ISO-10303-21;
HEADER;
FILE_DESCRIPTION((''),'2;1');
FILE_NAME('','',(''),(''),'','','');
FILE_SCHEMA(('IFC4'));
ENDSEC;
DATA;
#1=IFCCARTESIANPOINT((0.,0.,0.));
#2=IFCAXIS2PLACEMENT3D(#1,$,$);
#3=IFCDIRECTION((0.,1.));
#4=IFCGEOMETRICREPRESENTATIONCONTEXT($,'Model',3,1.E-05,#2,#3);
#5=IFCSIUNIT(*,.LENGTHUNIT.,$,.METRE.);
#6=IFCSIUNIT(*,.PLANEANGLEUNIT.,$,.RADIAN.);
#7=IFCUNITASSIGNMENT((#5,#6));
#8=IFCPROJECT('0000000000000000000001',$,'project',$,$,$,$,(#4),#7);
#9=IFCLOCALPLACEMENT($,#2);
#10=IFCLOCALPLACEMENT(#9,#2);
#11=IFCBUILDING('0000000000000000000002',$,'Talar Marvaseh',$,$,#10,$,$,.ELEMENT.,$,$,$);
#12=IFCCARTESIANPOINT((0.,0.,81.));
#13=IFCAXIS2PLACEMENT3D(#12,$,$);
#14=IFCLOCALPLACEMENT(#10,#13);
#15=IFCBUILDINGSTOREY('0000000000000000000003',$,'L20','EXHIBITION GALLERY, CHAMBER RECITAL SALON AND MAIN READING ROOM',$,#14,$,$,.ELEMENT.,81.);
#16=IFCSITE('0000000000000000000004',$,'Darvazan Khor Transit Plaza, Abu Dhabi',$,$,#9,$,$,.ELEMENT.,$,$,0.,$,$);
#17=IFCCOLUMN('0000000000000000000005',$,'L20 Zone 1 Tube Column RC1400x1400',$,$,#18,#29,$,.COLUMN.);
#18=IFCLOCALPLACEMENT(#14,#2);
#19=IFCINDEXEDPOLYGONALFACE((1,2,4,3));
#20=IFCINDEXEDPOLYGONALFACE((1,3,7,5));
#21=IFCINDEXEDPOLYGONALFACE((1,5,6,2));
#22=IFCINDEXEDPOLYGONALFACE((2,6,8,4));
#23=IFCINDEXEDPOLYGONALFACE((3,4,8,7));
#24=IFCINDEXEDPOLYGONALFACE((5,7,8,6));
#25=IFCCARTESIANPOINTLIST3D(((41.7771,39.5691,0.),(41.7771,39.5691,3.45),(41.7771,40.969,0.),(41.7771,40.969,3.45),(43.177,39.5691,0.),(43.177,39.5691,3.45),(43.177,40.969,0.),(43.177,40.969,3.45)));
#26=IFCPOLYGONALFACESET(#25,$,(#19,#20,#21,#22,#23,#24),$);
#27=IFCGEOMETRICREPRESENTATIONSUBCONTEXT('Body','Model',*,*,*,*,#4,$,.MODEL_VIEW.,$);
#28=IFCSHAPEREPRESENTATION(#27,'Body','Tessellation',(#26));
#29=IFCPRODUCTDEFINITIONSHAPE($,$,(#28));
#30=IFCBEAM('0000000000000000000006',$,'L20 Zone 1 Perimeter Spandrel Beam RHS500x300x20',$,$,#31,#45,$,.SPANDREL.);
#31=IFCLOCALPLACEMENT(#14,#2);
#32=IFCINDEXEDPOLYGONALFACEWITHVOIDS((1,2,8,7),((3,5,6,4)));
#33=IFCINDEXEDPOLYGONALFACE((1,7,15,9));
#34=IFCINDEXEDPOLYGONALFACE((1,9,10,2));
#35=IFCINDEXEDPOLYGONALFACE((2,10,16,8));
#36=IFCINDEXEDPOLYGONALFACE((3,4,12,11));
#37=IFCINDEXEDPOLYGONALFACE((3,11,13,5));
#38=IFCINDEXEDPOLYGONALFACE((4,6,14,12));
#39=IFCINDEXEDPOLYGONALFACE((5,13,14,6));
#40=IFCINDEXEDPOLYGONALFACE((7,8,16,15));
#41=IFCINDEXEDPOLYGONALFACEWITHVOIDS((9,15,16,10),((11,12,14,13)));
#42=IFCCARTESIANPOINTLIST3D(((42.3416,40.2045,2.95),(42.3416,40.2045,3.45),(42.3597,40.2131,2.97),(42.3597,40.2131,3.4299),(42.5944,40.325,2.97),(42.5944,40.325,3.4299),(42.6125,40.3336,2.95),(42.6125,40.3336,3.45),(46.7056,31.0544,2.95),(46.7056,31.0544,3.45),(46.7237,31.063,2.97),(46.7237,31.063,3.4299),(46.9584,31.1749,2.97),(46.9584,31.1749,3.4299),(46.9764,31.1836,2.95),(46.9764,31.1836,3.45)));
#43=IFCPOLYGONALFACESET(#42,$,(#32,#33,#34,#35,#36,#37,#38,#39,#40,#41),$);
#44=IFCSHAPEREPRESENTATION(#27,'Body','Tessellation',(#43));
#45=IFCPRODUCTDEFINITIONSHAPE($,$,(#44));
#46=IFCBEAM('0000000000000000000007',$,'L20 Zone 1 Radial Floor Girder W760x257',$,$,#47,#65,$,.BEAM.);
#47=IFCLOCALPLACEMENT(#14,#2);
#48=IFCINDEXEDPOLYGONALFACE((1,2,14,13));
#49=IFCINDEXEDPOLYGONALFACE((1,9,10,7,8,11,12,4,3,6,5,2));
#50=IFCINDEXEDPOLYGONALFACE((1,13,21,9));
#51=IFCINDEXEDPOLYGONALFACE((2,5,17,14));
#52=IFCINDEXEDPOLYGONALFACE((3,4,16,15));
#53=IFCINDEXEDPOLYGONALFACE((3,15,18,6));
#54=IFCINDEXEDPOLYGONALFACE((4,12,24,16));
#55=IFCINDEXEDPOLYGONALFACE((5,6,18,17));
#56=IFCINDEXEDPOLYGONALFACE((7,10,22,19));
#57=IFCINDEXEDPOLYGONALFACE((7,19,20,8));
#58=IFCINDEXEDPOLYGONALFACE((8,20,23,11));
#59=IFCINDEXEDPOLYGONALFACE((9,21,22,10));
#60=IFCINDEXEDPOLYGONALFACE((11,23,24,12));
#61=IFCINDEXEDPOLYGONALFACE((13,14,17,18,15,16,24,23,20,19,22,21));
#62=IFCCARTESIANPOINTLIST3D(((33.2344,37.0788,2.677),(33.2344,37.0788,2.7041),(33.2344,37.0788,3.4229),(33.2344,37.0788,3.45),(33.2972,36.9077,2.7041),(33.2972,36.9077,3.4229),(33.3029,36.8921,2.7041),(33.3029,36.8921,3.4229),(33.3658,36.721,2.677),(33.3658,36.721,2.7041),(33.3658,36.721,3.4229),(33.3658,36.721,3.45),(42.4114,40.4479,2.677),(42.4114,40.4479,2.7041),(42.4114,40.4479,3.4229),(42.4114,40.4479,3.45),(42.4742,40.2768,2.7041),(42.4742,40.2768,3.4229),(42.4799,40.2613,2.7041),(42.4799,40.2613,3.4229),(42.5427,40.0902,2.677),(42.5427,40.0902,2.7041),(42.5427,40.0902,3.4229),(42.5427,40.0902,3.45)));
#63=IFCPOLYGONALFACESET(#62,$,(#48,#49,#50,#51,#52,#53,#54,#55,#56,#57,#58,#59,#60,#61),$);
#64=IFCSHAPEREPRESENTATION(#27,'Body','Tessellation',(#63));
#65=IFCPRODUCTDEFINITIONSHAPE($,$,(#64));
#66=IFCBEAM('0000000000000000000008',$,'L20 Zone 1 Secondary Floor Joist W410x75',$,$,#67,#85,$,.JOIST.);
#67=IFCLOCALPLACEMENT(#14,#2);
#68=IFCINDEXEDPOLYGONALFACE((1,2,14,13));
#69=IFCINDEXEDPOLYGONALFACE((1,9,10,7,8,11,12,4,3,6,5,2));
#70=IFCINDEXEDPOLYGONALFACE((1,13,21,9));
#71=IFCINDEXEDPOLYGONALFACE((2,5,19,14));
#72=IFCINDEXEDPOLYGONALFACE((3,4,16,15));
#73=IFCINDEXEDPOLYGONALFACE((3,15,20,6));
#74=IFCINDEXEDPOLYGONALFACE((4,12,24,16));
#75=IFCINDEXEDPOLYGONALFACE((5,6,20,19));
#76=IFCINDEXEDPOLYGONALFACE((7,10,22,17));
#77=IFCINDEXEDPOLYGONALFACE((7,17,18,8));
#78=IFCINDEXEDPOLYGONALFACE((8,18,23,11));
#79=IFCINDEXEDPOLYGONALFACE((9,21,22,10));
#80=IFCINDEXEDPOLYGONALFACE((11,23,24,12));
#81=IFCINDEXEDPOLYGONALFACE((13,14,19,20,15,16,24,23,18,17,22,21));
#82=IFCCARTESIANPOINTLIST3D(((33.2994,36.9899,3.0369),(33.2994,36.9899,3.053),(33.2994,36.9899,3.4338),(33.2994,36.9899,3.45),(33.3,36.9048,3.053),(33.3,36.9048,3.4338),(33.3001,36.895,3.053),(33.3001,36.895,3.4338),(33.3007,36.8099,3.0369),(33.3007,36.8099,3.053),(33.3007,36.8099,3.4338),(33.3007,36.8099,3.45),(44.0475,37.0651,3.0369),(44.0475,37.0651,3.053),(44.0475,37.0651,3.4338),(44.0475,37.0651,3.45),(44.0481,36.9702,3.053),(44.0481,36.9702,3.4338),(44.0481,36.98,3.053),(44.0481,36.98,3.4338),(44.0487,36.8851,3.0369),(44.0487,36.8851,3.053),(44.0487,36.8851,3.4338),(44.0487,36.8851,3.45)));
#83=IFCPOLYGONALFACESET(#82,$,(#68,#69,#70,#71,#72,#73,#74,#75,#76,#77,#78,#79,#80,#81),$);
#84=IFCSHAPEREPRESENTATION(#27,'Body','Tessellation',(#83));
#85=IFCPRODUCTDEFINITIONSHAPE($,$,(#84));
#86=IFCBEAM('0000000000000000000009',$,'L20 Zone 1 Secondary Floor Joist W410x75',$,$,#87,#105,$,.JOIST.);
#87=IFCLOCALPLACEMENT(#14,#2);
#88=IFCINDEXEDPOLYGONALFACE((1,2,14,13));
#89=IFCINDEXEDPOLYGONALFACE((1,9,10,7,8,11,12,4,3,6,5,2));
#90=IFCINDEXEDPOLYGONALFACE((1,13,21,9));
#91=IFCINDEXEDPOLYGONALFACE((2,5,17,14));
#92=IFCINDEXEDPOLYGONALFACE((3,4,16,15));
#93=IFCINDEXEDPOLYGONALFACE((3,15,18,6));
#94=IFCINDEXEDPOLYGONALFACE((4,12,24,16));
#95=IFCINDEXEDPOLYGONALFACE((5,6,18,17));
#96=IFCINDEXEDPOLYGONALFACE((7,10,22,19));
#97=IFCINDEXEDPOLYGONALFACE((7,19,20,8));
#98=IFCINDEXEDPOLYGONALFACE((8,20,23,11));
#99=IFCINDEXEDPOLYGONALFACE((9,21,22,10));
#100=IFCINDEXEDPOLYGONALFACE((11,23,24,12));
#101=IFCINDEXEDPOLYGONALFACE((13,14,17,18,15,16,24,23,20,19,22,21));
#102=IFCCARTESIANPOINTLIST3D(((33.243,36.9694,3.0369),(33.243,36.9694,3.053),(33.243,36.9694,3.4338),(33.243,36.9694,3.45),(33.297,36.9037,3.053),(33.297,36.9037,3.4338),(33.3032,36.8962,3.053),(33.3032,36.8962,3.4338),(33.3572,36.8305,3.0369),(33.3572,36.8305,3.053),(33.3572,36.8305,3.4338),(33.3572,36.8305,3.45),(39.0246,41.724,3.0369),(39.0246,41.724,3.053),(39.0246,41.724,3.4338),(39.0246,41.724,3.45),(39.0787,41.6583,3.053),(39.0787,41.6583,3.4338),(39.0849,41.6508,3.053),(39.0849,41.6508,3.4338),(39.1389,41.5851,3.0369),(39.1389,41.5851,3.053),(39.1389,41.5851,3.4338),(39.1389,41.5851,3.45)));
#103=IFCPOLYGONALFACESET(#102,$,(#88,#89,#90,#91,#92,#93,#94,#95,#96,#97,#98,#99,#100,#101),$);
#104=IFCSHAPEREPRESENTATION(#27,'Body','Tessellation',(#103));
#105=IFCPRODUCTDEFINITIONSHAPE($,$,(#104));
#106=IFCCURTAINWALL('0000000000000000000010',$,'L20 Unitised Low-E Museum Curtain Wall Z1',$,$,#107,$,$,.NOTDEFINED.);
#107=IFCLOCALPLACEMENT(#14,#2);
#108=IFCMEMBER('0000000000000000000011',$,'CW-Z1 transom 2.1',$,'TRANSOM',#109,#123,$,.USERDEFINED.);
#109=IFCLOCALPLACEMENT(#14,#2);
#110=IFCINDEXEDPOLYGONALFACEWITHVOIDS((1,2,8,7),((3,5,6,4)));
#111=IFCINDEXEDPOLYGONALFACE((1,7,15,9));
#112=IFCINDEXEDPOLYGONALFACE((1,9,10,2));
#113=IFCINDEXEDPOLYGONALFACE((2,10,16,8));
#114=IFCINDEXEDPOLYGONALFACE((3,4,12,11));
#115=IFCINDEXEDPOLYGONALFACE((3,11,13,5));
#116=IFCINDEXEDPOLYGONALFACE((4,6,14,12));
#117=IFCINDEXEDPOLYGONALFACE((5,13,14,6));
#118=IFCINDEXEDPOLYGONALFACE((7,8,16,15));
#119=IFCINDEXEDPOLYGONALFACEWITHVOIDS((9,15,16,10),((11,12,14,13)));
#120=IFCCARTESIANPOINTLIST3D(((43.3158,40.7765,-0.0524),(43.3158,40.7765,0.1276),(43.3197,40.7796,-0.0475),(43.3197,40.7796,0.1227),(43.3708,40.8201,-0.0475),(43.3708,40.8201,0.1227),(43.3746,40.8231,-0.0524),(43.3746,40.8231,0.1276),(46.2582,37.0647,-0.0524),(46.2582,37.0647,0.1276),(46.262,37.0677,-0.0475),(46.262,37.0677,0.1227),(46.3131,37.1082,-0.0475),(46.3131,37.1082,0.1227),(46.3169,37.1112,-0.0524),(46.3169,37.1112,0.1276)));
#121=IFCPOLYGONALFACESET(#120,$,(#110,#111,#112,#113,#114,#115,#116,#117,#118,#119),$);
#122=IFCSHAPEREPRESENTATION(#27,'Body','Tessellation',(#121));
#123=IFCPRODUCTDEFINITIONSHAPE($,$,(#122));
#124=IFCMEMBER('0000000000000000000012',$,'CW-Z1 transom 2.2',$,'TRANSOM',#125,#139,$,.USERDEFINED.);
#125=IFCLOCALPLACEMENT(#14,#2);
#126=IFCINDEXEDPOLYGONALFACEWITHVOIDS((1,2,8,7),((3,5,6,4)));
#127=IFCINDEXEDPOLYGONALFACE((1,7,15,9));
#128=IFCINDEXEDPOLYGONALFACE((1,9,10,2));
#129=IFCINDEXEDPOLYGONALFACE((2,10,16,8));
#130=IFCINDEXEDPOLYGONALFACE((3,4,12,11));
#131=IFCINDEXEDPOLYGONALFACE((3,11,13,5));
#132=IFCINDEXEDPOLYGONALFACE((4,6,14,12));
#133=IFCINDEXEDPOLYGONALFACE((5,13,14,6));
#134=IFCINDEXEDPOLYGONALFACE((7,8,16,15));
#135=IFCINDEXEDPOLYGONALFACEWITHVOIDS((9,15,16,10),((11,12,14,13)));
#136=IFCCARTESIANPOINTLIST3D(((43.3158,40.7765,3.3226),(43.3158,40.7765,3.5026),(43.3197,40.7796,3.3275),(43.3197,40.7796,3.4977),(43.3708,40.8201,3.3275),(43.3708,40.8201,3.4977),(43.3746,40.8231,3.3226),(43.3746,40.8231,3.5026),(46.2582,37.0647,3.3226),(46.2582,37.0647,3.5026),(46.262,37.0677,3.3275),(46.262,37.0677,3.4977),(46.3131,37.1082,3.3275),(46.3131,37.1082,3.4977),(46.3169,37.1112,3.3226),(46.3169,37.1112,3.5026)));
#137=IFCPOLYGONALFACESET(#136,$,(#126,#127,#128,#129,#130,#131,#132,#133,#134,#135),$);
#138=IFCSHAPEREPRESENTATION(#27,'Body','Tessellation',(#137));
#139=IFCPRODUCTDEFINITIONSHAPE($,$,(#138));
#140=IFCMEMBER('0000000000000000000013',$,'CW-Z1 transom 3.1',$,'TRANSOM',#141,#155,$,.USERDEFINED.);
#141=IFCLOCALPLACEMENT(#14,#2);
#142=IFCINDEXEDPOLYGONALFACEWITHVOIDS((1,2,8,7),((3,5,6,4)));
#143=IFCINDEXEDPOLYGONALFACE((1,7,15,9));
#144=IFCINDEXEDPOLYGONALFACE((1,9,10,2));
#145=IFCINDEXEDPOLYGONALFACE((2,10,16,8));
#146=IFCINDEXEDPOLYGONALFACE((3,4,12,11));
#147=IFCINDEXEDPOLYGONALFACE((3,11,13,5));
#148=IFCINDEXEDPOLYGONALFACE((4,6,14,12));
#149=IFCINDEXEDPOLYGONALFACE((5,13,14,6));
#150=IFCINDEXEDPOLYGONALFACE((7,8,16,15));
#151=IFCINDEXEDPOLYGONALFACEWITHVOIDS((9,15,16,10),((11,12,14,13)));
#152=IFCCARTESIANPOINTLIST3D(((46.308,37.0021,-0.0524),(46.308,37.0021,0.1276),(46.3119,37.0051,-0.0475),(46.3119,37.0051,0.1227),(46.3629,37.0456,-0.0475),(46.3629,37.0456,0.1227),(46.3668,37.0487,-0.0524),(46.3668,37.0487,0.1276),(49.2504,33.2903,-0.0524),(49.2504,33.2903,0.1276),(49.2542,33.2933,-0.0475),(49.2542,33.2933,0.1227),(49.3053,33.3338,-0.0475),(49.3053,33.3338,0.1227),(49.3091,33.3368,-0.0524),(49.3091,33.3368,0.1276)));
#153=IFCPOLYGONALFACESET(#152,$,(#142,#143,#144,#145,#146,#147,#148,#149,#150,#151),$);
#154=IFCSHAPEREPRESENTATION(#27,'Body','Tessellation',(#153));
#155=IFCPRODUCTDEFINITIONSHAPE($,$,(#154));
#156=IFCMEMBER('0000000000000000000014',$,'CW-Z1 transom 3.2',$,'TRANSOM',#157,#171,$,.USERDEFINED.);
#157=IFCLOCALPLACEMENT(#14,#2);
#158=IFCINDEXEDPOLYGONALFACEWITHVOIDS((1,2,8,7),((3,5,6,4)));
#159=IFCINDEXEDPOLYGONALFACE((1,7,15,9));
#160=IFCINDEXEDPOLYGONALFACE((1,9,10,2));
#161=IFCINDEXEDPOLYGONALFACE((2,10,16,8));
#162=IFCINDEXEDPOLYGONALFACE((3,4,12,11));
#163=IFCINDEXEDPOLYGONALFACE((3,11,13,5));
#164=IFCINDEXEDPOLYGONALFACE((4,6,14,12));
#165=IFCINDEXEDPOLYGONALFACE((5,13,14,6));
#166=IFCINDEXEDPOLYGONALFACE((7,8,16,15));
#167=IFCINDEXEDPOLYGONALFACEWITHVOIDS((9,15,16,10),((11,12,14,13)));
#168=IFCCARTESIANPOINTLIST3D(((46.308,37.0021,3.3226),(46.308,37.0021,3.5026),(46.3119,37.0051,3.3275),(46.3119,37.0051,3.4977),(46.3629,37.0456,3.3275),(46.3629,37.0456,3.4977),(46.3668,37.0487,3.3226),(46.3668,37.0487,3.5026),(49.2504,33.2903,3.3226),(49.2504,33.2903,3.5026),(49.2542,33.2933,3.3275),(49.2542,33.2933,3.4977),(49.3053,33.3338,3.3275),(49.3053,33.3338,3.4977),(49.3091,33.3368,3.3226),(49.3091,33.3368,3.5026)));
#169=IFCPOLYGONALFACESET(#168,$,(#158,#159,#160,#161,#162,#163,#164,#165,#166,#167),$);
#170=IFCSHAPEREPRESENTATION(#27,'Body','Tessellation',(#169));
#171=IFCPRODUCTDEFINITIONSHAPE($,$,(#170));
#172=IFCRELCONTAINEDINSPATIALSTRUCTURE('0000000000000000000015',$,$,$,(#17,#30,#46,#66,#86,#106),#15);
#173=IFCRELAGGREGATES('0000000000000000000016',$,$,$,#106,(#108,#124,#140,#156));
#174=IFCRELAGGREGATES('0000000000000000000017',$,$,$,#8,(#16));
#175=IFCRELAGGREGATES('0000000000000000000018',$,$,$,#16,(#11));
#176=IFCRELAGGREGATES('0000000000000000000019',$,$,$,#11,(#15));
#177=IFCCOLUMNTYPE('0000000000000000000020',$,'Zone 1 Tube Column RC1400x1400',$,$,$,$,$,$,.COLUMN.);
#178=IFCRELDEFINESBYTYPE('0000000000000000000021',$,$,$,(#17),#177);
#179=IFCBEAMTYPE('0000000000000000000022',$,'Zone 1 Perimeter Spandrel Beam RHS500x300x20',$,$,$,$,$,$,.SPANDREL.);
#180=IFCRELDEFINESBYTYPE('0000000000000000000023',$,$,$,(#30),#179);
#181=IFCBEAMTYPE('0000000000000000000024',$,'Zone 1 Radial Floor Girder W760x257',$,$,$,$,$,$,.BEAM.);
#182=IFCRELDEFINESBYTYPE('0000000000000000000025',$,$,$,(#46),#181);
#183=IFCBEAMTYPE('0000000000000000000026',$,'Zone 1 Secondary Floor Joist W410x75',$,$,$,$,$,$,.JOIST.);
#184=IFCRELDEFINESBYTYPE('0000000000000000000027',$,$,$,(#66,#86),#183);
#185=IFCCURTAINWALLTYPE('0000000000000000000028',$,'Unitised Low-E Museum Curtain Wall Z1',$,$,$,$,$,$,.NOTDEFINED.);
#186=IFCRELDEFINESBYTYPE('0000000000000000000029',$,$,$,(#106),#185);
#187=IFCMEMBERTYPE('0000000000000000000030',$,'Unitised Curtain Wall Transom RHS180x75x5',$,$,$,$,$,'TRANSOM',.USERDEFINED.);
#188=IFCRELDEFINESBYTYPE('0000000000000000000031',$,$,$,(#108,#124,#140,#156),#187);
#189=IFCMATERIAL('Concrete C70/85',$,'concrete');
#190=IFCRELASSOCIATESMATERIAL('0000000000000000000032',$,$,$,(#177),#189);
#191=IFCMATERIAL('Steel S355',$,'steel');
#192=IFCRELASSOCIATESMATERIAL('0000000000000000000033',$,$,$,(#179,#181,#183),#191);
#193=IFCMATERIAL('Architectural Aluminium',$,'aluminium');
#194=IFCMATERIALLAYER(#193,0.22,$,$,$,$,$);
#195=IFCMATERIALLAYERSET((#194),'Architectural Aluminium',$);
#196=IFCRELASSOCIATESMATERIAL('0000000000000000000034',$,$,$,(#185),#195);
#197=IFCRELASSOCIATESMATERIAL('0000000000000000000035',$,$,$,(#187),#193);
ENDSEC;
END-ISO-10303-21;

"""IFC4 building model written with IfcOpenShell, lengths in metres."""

from ifc_helpers import new_model, si_unit, direction, frame, origin, origin_2d, place, context, subcontext, project, spatial, rectangle, hollow_rectangle, i_section, extrude, source, transform, mapped, material, layer, layer_set, material_profile, profile_set, type_object, element, aggregate, save


model = new_model("IFC4")

# Units and contexts
model_context = context("Model", 3, precision=1e-05, world=origin(), true_north=direction((0.0, 1.0)))
body_context = subcontext(model_context, "Body", "Model", "MODEL_VIEW")
ifc_project = project(units=[si_unit("LENGTHUNIT", "METRE"), si_unit("PLANEANGLEUNIT", "RADIAN")], contexts=[model_context])

# Site, building, storey
site_placement = place(None, origin())
site = spatial("IfcSite", under=ifc_project, at=site_placement, Name="Darvazan Khor Transit Plaza, Abu Dhabi", CompositionType="ELEMENT", RefElevation=0.0)
building_placement = place(site_placement, origin())
building = spatial("IfcBuilding", under=site, at=building_placement, Name="Talar Marvaseh", CompositionType="ELEMENT")
storey_placement = place(building_placement, frame((0.0, 0.0, 81.0)))
storey = spatial("IfcBuildingStorey", under=building, at=storey_placement, Name="L20", Description="EXHIBITION GALLERY, CHAMBER RECITAL SALON AND MAIN READING ROOM", CompositionType="ELEMENT", Elevation=81.0)

# Column
ifc_material_1 = material(Name="Concrete C70/85", Category="concrete")
ifc_material_profile_1 = material_profile(ifc_material_1, rectangle(XDim=1.3999, YDim=1.3999, at=origin_2d()), Name="RC1400x1400")
ifc_profile_set_1 = profile_set([ifc_material_profile_1], Name="Concrete C70/85")
column_type = type_object("IfcColumnType", Name="Zone 1 Tube Column RC1400x1400", PredefinedType="COLUMN", material=ifc_profile_set_1)
column_placement = place(storey_placement, frame((42.4771, 40.269, 0.0), z_axis=(0.0, 0.0, 1.0), x_axis=(1.0, 0.0, 0.0)))
element("IfcColumn", 1, at=column_placement, inside=storey, type_object=column_type, Name="L20 Zone 1 Tube Column RC1400x1400", PredefinedType="COLUMN", context=body_context, shape_type="SweptSolid", body=[
    extrude(rectangle(XDim=1.3999, YDim=1.3999, at=origin_2d()), origin(), (0.0, 0.0, 1.0), 3.45),
])

# Beams
ifc_material_2 = material(Name="Steel S355", Category="steel")
ifc_material_profile_2 = material_profile(ifc_material_2, hollow_rectangle(XDim=0.3, YDim=0.5, WallThickness=0.02, at=origin_2d()), Name="RHS500x300x20")
ifc_profile_set_2 = profile_set([ifc_material_profile_2], Name="Steel S355")
beam_type_1 = type_object("IfcBeamType", Name="Zone 1 Perimeter Spandrel Beam RHS500x300x20", PredefinedType="SPANDREL", material=ifc_profile_set_2)
beam_1_placement = place(storey_placement, frame((42.4771, 40.269, 3.2), z_axis=(0.43048, -0.9026, 0.0), x_axis=(0.9026, 0.43048, 0.0)))
element("IfcBeam", 2, at=beam_1_placement, inside=storey, type_object=beam_type_1, Name="L20 Zone 1 Perimeter Spandrel Beam RHS500x300x20", PredefinedType="SPANDREL", context=body_context, shape_type="SweptSolid", body=[
    extrude(hollow_rectangle(XDim=0.3, YDim=0.5, WallThickness=0.02, at=origin_2d()), origin(), (0.0, 0.0, 1.0), 10.1375),
])
ifc_material_profile_3 = material_profile(ifc_material_2, i_section(OverallWidth=0.3811, OverallDepth=0.7729, WebThickness=0.0166, FlangeThickness=0.0271, at=origin_2d()), Name="W760x257")
ifc_profile_set_3 = profile_set([ifc_material_profile_3], Name="Steel S355")
beam_type_2 = type_object("IfcBeamType", Name="Zone 1 Radial Floor Girder W760x257", PredefinedType="BEAM", material=ifc_profile_set_3)
beam_2_placement = place(storey_placement, frame((42.4771, 40.269, 3.0635), z_axis=(-0.938736, -0.344637, 0.0), x_axis=(0.344637, -0.938736, 0.0)))
element("IfcBeam", 3, at=beam_2_placement, inside=storey, type_object=beam_type_2, Name="L20 Zone 1 Radial Floor Girder W760x257", PredefinedType="BEAM", context=body_context, shape_type="SweptSolid", body=[
    extrude(i_section(OverallWidth=0.3811, OverallDepth=0.7729, WebThickness=0.0166, FlangeThickness=0.0271, at=origin_2d()), origin(), (0.0, 0.0, 1.0), 9.7759),
])
ifc_material_profile_4 = material_profile(ifc_material_2, i_section(OverallWidth=0.1799, OverallDepth=0.4131, WebThickness=0.0098, FlangeThickness=0.0161, at=origin_2d()), Name="W410x75")
ifc_profile_set_4 = profile_set([ifc_material_profile_4], Name="Steel S355")
beam_type_3 = type_object("IfcBeamType", Name="Zone 1 Secondary Floor Joist W410x75", PredefinedType="JOIST", material=ifc_profile_set_4)
beam_3_placement = place(storey_placement, frame((44.0481, 36.9751, 3.2434), z_axis=(-0.999976, -0.006996, 0.0), x_axis=(0.006996, -0.999976, 0.0)))
element("IfcBeam", 4, at=beam_3_placement, inside=storey, type_object=beam_type_3, Name="L20 Zone 1 Secondary Floor Joist W410x75", PredefinedType="JOIST", context=body_context, shape_type="SweptSolid", body=[
    extrude(i_section(OverallWidth=0.1799, OverallDepth=0.4131, WebThickness=0.0098, FlangeThickness=0.0161, at=origin_2d()), origin(), (0.0, 0.0, 1.0), 10.7483),
])
beam_4_placement = place(storey_placement, frame((39.0818, 41.6545, 3.2434), z_axis=(-0.772375, -0.635166, 0.0), x_axis=(0.635166, -0.772375, 0.0)))
element("IfcBeam", 5, at=beam_4_placement, inside=storey, type_object=beam_type_3, Name="L20 Zone 1 Secondary Floor Joist W410x75", PredefinedType="JOIST", context=body_context, shape_type="SweptSolid", body=[
    extrude(i_section(OverallWidth=0.1799, OverallDepth=0.4131, WebThickness=0.0098, FlangeThickness=0.0161, at=origin_2d()), origin(), (0.0, 0.0, 1.0), 7.4856),
])

# Curtain wall, members
ifc_material_3 = material(Name="Architectural Aluminium", Category="aluminium")
ifc_layer_1 = layer(ifc_material_3, 0.22)
ifc_layer_set_1 = layer_set([ifc_layer_1], Name="Architectural Aluminium")
curtain_wall_type = type_object("IfcCurtainWallType", Name="Unitised Low-E Museum Curtain Wall Z1", PredefinedType="NOTDEFINED", material=ifc_layer_set_1)
curtain_wall_1_placement = place(storey_placement, origin())
curtain_wall_1 = element("IfcCurtainWall", 6, at=curtain_wall_1_placement, inside=storey, type_object=curtain_wall_type, Name="L20 Unitised Low-E Museum Curtain Wall Z1", PredefinedType="NOTDEFINED")
ifc_material_profile_5 = material_profile(ifc_material_3, hollow_rectangle(XDim=0.075, YDim=0.1799, WallThickness=0.0049, at=origin_2d()), Name="RHS180x75x5")
ifc_profile_set_5 = profile_set([ifc_material_profile_5], Name="Architectural Aluminium")
member_type_1 = type_object("IfcMemberType", Name="Unitised Curtain Wall Transom RHS180x75x5", ElementType="TRANSOM", PredefinedType="USERDEFINED", material=ifc_profile_set_5)
shared_shape_1 = source(origin(), body_context, "Body", "SweptSolid", [
    extrude(hollow_rectangle(XDim=0.075, YDim=0.1799, WallThickness=0.0049, at=origin_2d()), origin(), (0.0, 0.0, 1.0), 4.7366),
])
member_1_placement = place(storey_placement, frame((43.3452, 40.7998, 0.0376), z_axis=(0.621194, -0.783657, 0.0), x_axis=(0.783657, 0.621194, 0.0)))
member_1 = element("IfcMember", 7, at=member_1_placement, type_object=member_type_1, Name="CW-Z1 transom 2.1", ObjectType="TRANSOM", PredefinedType="USERDEFINED", context=body_context, shape_type="MappedRepresentation", body=[
    mapped(shared_shape_1, transform((0.0, 0.0, 0.0), x_axis=(1.0, 0.0, 0.0), y_axis=(0.0, 1.0, 0.0), z_axis=(0.0, 0.0, 1.0), scale=1.0)),
])
member_2_placement = place(storey_placement, frame((43.3452, 40.7998, 3.4126), z_axis=(0.621194, -0.783657, 0.0), x_axis=(0.783657, 0.621194, 0.0)))
member_2 = element("IfcMember", 8, at=member_2_placement, type_object=member_type_1, Name="CW-Z1 transom 2.2", ObjectType="TRANSOM", PredefinedType="USERDEFINED", context=body_context, shape_type="MappedRepresentation", body=[
    mapped(shared_shape_1, transform((0.0, 0.0, 0.0), x_axis=(1.0, 0.0, 0.0), y_axis=(0.0, 1.0, 0.0), z_axis=(0.0, 0.0, 1.0), scale=1.0)),
])
member_3_placement = place(storey_placement, frame((46.3374, 37.0254, 0.0376), z_axis=(0.621194, -0.783657, 0.0), x_axis=(0.783657, 0.621194, 0.0)))
member_3 = element("IfcMember", 9, at=member_3_placement, type_object=member_type_1, Name="CW-Z1 transom 3.1", ObjectType="TRANSOM", PredefinedType="USERDEFINED", context=body_context, shape_type="MappedRepresentation", body=[
    mapped(shared_shape_1, transform((0.0, 0.0, 0.0), x_axis=(1.0, 0.0, 0.0), y_axis=(0.0, 1.0, 0.0), z_axis=(0.0, 0.0, 1.0), scale=1.0)),
])
member_4_placement = place(storey_placement, frame((46.3374, 37.0254, 3.4126), z_axis=(0.621194, -0.783657, 0.0), x_axis=(0.783657, 0.621194, 0.0)))
member_4 = element("IfcMember", 10, at=member_4_placement, type_object=member_type_1, Name="CW-Z1 transom 3.2", ObjectType="TRANSOM", PredefinedType="USERDEFINED", context=body_context, shape_type="MappedRepresentation", body=[
    mapped(shared_shape_1, transform((0.0, 0.0, 0.0), x_axis=(1.0, 0.0, 0.0), y_axis=(0.0, 1.0, 0.0), z_axis=(0.0, 0.0, 1.0), scale=1.0)),
])

aggregate(curtain_wall_1, [member_1, member_2, member_3, member_4])

save(model, "model.ifc")
